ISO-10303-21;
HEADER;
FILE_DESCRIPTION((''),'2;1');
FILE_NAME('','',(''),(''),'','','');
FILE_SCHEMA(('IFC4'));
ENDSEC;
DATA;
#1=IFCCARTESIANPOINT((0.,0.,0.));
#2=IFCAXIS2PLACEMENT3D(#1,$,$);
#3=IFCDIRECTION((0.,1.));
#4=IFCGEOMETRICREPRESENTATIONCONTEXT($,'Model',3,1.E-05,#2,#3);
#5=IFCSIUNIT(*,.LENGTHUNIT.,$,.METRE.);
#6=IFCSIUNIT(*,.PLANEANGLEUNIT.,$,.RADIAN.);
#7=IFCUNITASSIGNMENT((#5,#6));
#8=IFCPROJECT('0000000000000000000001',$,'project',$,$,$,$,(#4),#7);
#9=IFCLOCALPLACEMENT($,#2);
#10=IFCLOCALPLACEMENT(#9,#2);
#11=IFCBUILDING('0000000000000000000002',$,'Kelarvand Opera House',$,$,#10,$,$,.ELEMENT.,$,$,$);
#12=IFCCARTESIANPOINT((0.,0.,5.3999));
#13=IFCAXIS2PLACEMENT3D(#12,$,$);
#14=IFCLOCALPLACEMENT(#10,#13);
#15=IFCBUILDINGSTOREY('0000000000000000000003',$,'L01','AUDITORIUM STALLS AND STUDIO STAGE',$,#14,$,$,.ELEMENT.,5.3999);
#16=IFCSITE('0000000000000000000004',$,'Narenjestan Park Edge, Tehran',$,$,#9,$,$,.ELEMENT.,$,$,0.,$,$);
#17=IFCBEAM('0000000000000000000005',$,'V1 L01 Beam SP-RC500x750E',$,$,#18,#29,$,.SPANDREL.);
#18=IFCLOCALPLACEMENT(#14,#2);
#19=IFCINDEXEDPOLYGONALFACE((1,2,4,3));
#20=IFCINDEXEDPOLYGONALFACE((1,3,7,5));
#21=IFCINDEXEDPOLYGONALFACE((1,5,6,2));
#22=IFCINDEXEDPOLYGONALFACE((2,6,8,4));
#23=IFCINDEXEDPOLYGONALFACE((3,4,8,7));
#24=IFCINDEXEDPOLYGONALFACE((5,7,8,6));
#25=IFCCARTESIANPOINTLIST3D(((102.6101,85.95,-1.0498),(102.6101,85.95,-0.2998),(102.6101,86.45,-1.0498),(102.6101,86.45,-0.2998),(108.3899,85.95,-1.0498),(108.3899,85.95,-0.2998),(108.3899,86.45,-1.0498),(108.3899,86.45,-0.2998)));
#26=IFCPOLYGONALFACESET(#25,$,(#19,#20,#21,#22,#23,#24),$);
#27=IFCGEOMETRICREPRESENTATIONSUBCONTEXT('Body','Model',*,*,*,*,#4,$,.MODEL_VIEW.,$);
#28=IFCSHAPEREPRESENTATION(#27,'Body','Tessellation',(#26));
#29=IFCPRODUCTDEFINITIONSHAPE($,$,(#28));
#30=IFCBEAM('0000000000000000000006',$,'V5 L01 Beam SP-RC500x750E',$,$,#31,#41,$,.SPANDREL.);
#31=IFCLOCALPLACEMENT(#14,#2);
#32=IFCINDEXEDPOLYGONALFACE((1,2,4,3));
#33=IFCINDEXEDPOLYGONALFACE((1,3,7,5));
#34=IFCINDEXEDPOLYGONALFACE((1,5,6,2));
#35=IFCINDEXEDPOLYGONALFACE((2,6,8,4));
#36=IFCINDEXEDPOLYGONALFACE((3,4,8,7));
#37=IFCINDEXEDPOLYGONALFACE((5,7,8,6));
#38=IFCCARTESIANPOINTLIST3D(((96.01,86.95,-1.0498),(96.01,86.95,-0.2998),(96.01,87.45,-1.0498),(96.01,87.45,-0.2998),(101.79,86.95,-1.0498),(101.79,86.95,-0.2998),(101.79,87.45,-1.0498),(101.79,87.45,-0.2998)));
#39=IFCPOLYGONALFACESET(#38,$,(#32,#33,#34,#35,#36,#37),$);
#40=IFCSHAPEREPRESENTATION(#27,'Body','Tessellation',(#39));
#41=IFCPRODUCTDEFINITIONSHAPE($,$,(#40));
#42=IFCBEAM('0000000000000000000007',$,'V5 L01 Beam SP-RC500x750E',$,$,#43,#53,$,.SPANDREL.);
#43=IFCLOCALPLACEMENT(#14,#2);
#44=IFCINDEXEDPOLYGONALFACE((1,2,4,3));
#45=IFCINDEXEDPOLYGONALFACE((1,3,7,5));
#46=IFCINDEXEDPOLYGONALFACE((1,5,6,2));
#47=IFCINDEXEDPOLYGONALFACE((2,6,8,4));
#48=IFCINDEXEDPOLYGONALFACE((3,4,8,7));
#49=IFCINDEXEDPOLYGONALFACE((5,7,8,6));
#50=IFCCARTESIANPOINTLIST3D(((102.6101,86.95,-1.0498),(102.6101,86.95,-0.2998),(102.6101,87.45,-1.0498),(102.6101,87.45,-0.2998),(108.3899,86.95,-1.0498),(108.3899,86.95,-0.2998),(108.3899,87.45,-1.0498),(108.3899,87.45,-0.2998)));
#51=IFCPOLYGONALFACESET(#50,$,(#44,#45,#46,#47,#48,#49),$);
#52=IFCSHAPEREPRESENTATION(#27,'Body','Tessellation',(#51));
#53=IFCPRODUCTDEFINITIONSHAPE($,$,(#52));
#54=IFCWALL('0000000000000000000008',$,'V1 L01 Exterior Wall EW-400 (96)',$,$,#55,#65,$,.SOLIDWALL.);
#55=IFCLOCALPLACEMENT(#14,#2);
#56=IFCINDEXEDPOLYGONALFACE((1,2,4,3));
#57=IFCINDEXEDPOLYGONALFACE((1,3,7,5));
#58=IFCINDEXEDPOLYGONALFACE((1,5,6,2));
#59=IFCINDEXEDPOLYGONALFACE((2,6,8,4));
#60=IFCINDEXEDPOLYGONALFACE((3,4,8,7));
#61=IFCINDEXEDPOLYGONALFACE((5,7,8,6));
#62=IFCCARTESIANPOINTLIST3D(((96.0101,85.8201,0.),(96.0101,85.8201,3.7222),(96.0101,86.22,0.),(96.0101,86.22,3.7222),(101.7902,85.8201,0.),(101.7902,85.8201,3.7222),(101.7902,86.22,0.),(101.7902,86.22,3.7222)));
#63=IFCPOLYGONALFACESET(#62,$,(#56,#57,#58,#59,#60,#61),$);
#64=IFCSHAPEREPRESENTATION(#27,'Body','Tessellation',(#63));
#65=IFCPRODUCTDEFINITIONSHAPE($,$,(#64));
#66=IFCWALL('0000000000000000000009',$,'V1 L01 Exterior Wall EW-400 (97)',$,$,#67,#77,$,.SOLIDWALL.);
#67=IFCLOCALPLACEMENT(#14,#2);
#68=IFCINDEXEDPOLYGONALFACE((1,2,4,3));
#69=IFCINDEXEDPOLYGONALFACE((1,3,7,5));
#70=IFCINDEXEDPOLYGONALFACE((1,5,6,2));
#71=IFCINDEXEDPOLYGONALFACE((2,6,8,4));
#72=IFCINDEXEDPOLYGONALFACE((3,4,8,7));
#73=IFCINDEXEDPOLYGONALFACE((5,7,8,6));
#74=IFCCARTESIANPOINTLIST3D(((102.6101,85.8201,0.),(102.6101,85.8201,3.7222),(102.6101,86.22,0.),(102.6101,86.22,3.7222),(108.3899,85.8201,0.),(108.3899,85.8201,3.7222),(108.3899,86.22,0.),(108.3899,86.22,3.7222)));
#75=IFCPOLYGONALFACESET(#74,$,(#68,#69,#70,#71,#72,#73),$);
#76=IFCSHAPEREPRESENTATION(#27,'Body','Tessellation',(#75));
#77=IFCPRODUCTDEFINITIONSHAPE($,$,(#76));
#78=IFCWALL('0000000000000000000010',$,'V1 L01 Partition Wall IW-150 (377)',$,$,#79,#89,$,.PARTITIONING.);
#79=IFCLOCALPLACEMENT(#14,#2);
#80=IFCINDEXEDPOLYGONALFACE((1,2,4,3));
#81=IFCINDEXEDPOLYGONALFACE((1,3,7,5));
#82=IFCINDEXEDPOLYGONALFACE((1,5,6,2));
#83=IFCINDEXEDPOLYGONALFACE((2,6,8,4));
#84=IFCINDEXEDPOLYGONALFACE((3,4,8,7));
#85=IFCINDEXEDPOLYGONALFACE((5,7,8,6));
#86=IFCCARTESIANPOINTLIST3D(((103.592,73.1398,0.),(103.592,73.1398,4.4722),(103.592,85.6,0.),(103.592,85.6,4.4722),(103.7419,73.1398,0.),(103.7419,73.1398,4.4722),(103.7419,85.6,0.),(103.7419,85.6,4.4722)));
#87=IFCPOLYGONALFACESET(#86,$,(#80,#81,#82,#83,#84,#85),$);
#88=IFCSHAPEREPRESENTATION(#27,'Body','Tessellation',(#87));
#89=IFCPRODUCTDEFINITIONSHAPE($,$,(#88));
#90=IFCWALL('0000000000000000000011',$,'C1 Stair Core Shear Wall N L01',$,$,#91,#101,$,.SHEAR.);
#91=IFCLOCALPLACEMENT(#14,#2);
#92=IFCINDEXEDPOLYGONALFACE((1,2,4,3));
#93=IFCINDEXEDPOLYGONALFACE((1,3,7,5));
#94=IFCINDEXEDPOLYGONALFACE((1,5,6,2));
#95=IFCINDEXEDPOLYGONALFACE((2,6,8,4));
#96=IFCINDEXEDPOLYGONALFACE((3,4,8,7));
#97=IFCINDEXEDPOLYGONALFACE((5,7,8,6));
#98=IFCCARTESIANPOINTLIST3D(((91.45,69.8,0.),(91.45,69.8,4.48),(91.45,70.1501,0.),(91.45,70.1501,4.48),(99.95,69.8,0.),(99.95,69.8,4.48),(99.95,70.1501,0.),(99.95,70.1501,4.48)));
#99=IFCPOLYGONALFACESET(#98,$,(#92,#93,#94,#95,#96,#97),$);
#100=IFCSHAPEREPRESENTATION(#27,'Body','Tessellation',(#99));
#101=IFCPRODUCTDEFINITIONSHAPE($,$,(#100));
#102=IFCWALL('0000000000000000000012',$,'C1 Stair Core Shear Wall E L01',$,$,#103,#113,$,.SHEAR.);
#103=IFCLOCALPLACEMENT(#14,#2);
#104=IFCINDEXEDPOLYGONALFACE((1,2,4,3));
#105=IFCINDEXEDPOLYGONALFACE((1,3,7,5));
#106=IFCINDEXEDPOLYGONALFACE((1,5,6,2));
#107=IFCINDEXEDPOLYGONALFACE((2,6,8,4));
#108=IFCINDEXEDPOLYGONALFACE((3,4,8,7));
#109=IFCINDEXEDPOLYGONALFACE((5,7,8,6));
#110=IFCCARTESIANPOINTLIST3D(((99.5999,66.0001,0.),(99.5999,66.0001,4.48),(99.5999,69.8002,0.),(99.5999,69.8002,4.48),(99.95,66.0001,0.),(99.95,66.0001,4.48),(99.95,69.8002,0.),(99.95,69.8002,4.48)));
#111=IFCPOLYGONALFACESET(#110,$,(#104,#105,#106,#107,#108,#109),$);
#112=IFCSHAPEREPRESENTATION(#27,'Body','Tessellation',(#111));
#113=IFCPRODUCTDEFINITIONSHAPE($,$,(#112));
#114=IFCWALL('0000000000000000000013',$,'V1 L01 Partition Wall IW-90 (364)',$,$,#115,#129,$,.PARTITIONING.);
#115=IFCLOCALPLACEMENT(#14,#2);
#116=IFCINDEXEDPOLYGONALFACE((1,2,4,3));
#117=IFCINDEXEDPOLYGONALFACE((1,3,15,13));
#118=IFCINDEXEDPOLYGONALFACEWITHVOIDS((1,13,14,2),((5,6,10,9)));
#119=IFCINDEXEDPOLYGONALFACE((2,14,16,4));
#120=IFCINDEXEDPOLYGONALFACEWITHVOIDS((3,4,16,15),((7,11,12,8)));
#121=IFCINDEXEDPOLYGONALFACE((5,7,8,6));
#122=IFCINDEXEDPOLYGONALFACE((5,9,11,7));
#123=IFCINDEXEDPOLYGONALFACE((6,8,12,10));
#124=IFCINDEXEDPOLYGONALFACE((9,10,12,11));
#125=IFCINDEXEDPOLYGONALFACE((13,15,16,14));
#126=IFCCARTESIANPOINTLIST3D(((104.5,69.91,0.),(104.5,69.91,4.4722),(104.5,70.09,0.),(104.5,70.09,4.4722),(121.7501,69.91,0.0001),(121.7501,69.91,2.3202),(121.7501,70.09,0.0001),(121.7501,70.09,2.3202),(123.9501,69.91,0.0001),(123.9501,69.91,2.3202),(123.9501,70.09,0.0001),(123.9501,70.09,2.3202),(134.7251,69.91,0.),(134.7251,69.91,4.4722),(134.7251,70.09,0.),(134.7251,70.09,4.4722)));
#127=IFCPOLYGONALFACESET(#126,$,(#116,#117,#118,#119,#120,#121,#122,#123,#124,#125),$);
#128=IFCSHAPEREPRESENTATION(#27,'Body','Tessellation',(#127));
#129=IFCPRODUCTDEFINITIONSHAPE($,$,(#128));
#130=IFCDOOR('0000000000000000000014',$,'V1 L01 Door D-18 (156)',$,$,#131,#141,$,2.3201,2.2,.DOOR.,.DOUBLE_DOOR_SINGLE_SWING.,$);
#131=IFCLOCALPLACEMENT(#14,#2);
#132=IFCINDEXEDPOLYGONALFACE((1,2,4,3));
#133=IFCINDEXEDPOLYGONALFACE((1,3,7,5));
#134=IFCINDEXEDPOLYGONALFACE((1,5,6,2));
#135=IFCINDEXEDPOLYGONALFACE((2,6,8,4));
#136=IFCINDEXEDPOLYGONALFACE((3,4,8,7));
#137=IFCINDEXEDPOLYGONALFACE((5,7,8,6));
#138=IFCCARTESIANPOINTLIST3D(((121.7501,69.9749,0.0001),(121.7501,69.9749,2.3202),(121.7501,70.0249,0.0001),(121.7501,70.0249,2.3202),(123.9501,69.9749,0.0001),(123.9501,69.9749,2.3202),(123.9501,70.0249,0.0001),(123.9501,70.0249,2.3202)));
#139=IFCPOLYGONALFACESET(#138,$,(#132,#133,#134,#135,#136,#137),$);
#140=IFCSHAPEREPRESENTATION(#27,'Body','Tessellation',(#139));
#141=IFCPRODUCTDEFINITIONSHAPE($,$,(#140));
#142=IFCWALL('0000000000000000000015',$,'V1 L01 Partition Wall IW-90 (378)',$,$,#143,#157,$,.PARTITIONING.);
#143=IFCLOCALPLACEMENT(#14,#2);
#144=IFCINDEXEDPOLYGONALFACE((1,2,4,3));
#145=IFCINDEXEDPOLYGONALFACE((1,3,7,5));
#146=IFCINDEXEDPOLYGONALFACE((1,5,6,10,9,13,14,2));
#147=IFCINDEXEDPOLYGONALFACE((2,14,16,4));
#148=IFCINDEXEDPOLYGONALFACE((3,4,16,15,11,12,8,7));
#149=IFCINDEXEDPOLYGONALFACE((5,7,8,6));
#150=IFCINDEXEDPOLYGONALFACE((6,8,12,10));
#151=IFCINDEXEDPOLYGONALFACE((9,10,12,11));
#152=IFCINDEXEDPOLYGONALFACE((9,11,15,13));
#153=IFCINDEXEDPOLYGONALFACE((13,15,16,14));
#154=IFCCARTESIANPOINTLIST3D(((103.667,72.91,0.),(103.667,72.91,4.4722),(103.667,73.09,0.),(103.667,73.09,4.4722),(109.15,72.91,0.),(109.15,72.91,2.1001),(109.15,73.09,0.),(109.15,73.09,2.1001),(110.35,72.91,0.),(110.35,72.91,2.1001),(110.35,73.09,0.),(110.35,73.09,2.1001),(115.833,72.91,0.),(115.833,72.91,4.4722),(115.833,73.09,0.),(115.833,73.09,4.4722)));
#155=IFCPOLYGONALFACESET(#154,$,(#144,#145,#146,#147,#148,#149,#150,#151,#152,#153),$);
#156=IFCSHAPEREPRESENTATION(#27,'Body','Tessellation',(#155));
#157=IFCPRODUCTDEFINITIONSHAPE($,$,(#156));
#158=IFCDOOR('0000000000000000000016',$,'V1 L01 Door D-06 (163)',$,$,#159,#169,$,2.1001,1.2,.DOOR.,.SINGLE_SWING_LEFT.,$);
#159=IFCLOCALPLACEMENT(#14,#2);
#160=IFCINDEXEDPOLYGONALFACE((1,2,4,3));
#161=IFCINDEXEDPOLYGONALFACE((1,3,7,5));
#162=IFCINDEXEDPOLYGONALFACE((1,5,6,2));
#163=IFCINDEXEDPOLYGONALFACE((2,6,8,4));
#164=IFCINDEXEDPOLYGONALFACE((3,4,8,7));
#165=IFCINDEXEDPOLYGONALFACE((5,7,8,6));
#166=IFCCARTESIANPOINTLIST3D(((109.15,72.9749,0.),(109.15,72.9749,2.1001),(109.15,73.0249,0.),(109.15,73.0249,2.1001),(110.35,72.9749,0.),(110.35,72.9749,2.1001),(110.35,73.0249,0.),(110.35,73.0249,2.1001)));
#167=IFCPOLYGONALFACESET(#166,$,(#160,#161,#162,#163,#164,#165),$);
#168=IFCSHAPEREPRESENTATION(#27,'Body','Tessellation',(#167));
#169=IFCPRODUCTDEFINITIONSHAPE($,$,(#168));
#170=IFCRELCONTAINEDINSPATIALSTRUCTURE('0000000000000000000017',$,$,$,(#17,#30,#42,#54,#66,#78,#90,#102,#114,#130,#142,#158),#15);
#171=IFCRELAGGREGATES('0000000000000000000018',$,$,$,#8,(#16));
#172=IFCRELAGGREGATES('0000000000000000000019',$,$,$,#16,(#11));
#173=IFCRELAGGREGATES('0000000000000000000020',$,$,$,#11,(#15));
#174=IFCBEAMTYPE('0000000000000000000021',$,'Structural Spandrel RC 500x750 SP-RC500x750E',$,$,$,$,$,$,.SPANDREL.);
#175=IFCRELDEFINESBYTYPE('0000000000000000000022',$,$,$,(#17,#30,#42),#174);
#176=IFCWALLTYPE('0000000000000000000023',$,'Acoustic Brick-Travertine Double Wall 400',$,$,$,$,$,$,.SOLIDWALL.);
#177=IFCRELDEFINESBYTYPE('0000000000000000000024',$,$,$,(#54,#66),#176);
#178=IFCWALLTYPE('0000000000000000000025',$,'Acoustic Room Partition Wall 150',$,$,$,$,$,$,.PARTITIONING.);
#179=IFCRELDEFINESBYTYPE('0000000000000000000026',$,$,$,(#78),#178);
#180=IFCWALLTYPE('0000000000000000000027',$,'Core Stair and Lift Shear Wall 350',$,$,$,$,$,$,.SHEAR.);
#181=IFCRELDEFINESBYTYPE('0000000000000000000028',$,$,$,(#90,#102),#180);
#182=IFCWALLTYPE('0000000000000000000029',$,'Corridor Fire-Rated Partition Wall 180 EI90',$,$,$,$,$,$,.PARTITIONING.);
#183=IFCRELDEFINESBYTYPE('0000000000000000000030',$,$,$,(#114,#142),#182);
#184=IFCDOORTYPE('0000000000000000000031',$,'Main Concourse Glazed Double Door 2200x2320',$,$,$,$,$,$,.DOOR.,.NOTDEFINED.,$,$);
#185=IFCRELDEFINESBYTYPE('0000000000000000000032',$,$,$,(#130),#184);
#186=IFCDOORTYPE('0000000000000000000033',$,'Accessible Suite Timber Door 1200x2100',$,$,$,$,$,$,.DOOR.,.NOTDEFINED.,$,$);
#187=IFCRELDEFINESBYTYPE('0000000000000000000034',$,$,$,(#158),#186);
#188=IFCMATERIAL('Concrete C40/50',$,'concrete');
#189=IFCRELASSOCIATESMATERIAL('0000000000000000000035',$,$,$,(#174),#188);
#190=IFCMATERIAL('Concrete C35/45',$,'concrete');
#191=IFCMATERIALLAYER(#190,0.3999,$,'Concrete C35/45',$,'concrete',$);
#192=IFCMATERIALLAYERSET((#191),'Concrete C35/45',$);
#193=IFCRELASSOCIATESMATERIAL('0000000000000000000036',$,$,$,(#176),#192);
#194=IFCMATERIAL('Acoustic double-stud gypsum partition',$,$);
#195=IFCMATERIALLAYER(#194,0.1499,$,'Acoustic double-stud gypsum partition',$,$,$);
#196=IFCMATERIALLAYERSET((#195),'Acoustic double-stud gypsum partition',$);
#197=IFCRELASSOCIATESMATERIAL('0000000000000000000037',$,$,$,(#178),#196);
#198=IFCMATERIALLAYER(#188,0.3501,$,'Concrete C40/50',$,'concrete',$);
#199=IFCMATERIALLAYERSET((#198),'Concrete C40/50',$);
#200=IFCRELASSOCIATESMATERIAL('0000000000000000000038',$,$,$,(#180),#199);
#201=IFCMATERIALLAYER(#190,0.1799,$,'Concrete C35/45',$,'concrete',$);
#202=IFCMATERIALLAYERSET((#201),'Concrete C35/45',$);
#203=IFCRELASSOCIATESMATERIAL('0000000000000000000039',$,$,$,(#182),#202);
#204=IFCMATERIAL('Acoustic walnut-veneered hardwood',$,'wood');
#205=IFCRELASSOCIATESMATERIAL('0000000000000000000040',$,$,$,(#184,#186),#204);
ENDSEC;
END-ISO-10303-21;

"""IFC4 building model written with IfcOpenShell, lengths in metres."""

from ifc_helpers import new_model, si_unit, direction, frame, frame_2d, origin, origin_2d, place, context, subcontext, project, spatial, rectangle, extrude, material, layer, layer_set, material_profile, profile_set, type_object, element, fill, save


model = new_model("IFC4")

# Units and contexts
model_context = context("Model", 3, precision=1e-05, world=origin(), true_north=direction((0.0, 1.0)))
body_context = subcontext(model_context, "Body", "Model", "MODEL_VIEW")
ifc_project = project(units=[si_unit("LENGTHUNIT", "METRE"), si_unit("PLANEANGLEUNIT", "RADIAN")], contexts=[model_context])

# Site, building, storey
site_placement = place(None, origin())
site = spatial("IfcSite", under=ifc_project, at=site_placement, Name="Narenjestan Park Edge, Tehran", CompositionType="ELEMENT", RefElevation=0.0)
building_placement = place(site_placement, origin())
building = spatial("IfcBuilding", under=site, at=building_placement, Name="Kelarvand Opera House", CompositionType="ELEMENT")
storey_placement = place(building_placement, frame((0.0, 0.0, 5.3999)))
storey = spatial("IfcBuildingStorey", under=building, at=storey_placement, Name="L01", Description="AUDITORIUM STALLS AND STUDIO STAGE", CompositionType="ELEMENT", Elevation=5.3999)

# Shared definitions
ifc_material_1 = material(Name="Concrete C40/50", Category="concrete")

# Beams
ifc_material_2 = material(Name="Concrete C35/45", Category="concrete")
ifc_material_profile_1 = material_profile(ifc_material_1, rectangle(XDim=0.5, YDim=0.75, at=origin_2d()), Name="RC 500x750", Category="concrete")
ifc_profile_set_1 = profile_set([ifc_material_profile_1], Name="Concrete C40/50")
beam_type_1 = type_object("IfcBeamType", Name="Structural Spandrel RC 500x750 SP-RC500x750E", PredefinedType="SPANDREL", material=ifc_profile_set_1)
beam_1_placement = place(storey_placement, frame((102.6101, 86.2, -0.6748), z_axis=(1.0, 0.0, 0.0), x_axis=(0.0, 1.0, 0.0)))
element("IfcBeam", 1, at=beam_1_placement, inside=storey, type_object=beam_type_1, Name="V1 L01 Beam SP-RC500x750E", PredefinedType="SPANDREL", context=body_context, shape_type="SweptSolid", body=[
    extrude(rectangle(XDim=0.5, YDim=0.75, at=origin_2d()), origin(), (0.0, 0.0, 1.0), 5.7798),
])
beam_2_placement = place(storey_placement, frame((96.01, 87.2, -0.6748), z_axis=(1.0, 0.0, 0.0), x_axis=(0.0, 1.0, 0.0)))
element("IfcBeam", 2, at=beam_2_placement, inside=storey, type_object=beam_type_1, Name="V5 L01 Beam SP-RC500x750E", PredefinedType="SPANDREL", context=body_context, shape_type="SweptSolid", body=[
    extrude(rectangle(XDim=0.5, YDim=0.75, at=origin_2d()), origin(), (0.0, 0.0, 1.0), 5.78),
])
beam_3_placement = place(storey_placement, frame((102.6101, 87.2, -0.6748), z_axis=(1.0, 0.0, 0.0), x_axis=(0.0, 1.0, 0.0)))
element("IfcBeam", 3, at=beam_3_placement, inside=storey, type_object=beam_type_1, Name="V5 L01 Beam SP-RC500x750E", PredefinedType="SPANDREL", context=body_context, shape_type="SweptSolid", body=[
    extrude(rectangle(XDim=0.5, YDim=0.75, at=origin_2d()), origin(), (0.0, 0.0, 1.0), 5.7798),
])

# Walls
ifc_layer_1 = layer(ifc_material_2, 0.3999, Name="Concrete C35/45", Category="concrete")
ifc_layer_set_1 = layer_set([ifc_layer_1], Name="Concrete C35/45")
wall_type_1 = type_object("IfcWallType", Name="Acoustic Brick-Travertine Double Wall 400", PredefinedType="SOLIDWALL", material=ifc_layer_set_1)
wall_1_placement = place(storey_placement, frame((96.01, 86.02, 0.0), z_axis=(0.0, 0.0, 1.0), x_axis=(1.0, 0.0, 0.0)))
element("IfcWall", 4, at=wall_1_placement, inside=storey, type_object=wall_type_1, Name="V1 L01 Exterior Wall EW-400 (96)", PredefinedType="SOLIDWALL", context=body_context, shape_type="SweptSolid", body=[
    extrude(rectangle(XDim=5.78, YDim=0.3999, at=frame_2d((2.8901, 0.0))), origin(), (0.0, 0.0, 1.0), 3.7222),
])
wall_2_placement = place(storey_placement, frame((102.6101, 86.02, 0.0), z_axis=(0.0, 0.0, 1.0), x_axis=(1.0, 0.0, 0.0)))
element("IfcWall", 5, at=wall_2_placement, inside=storey, type_object=wall_type_1, Name="V1 L01 Exterior Wall EW-400 (97)", PredefinedType="SOLIDWALL", context=body_context, shape_type="SweptSolid", body=[
    extrude(rectangle(XDim=5.7798, YDim=0.3999, at=frame_2d((2.8899, 0.0))), origin(), (0.0, 0.0, 1.0), 3.7222),
])
ifc_material_3 = material(Name="Acoustic double-stud gypsum partition")
ifc_layer_2 = layer(ifc_material_3, 0.1499, Name="Acoustic double-stud gypsum partition")
ifc_layer_set_2 = layer_set([ifc_layer_2], Name="Acoustic double-stud gypsum partition")
wall_type_2 = type_object("IfcWallType", Name="Acoustic Room Partition Wall 150", PredefinedType="PARTITIONING", material=ifc_layer_set_2)
wall_3_placement = place(storey_placement, frame((103.667, 73.1399, 0.0), z_axis=(0.0, 0.0, 1.0), x_axis=(0.0, 1.0, 0.0)))
element("IfcWall", 6, at=wall_3_placement, inside=storey, type_object=wall_type_2, Name="V1 L01 Partition Wall IW-150 (377)", PredefinedType="PARTITIONING", context=body_context, shape_type="SweptSolid", body=[
    extrude(rectangle(XDim=12.4602, YDim=0.1499, at=frame_2d((6.23, 0.0))), origin(), (0.0, 0.0, 1.0), 4.4722),
])
ifc_layer_3 = layer(ifc_material_1, 0.3501, Name="Concrete C40/50", Category="concrete")
ifc_layer_set_3 = layer_set([ifc_layer_3], Name="Concrete C40/50")
wall_type_3 = type_object("IfcWallType", Name="Core Stair and Lift Shear Wall 350", PredefinedType="SHEAR", material=ifc_layer_set_3)
wall_4_placement = place(storey_placement, frame((99.95, 69.9751, 0.0), z_axis=(0.0, 0.0, 1.0), x_axis=(-1.0, 0.0, 0.0)))
element("IfcWall", 7, at=wall_4_placement, inside=storey, type_object=wall_type_3, Name="C1 Stair Core Shear Wall N L01", PredefinedType="SHEAR", context=body_context, shape_type="SweptSolid", body=[
    extrude(rectangle(XDim=8.5, YDim=0.3501, at=frame_2d((4.25, 0.0))), origin(), (0.0, 0.0, 1.0), 4.48),
])
wall_5_placement = place(storey_placement, frame((99.7749, 69.8, 0.0), z_axis=(0.0, 0.0, 1.0), x_axis=(0.0, -1.0, 0.0)))
element("IfcWall", 8, at=wall_5_placement, inside=storey, type_object=wall_type_3, Name="C1 Stair Core Shear Wall E L01", PredefinedType="SHEAR", context=body_context, shape_type="SweptSolid", body=[
    extrude(rectangle(XDim=3.8, YDim=0.3501, at=frame_2d((1.8999, 0.0))), origin(), (0.0, 0.0, 1.0), 4.48),
])

# Walls, openings, doors
ifc_layer_4 = layer(ifc_material_2, 0.1799, Name="Concrete C35/45", Category="concrete")
ifc_layer_set_4 = layer_set([ifc_layer_4], Name="Concrete C35/45")
wall_type_4 = type_object("IfcWallType", Name="Corridor Fire-Rated Partition Wall 180 EI90", PredefinedType="PARTITIONING", material=ifc_layer_set_4)
wall_6_placement = place(storey_placement, frame((104.5, 70.0, 0.0), z_axis=(0.0, 0.0, 1.0), x_axis=(1.0, 0.0, 0.0)))
wall_6 = element("IfcWall", 9, at=wall_6_placement, inside=storey, type_object=wall_type_4, Name="V1 L01 Partition Wall IW-90 (364)", PredefinedType="PARTITIONING", context=body_context, shape_type="SweptSolid", body=[
    extrude(rectangle(XDim=30.2251, YDim=0.1799, at=frame_2d((15.1125, 0.0))), origin(), (0.0, 0.0, 1.0), 4.4722),
])
opening_1_placement = place(wall_6_placement, frame((17.25, 0.0, 0.0)))
opening_1 = element("IfcOpeningElement", 10, at=opening_1_placement, cuts=wall_6, PredefinedType="OPENING", context=body_context, shape_type="SweptSolid", body=[
    extrude(rectangle(XDim=2.2, YDim=2.3201, at=frame_2d((1.1001, 1.1602))), frame((0.0, 0.1001, 0.0), z_axis=(0.0, -1.0, 0.0), x_axis=(1.0, 0.0, 0.0)), (0.0, 0.0, 1.0), 0.2),
])
ifc_material_4 = material(Name="Acoustic walnut-veneered hardwood", Category="wood")
door_type_1 = type_object("IfcDoorType", Name="Main Concourse Glazed Double Door 2200x2320", OperationType="NOTDEFINED", PredefinedType="DOOR", material=ifc_material_4)
door_1_placement = place(opening_1_placement, origin())
door_1 = element("IfcDoor", 11, at=door_1_placement, inside=storey, type_object=door_type_1, Name="V1 L01 Door D-18 (156)", OperationType="DOUBLE_DOOR_SINGLE_SWING", OverallHeight=2.3201, OverallWidth=2.2, PredefinedType="DOOR", context=body_context, shape_type="SweptSolid", body=[
    extrude(rectangle(XDim=2.2, YDim=2.3201, at=frame_2d((1.1001, 1.1602))), frame((0.0, 0.0249, 0.0), z_axis=(0.0, -1.0, 0.0), x_axis=(1.0, 0.0, 0.0)), (0.0, 0.0, 1.0), 0.05),
])
fill(opening_1, door_1)
wall_7_placement = place(storey_placement, frame((103.667, 73.0, 0.0), z_axis=(0.0, 0.0, 1.0), x_axis=(1.0, 0.0, 0.0)))
wall_7 = element("IfcWall", 12, at=wall_7_placement, inside=storey, type_object=wall_type_4, Name="V1 L01 Partition Wall IW-90 (378)", PredefinedType="PARTITIONING", context=body_context, shape_type="SweptSolid", body=[
    extrude(rectangle(XDim=12.166, YDim=0.1799, at=frame_2d((6.083, 0.0))), origin(), (0.0, 0.0, 1.0), 4.4722),
])
opening_2_placement = place(wall_7_placement, frame((5.4829, 0.0, 0.0)))
opening_2 = element("IfcOpeningElement", 13, at=opening_2_placement, cuts=wall_7, PredefinedType="OPENING", context=body_context, shape_type="SweptSolid", body=[
    extrude(rectangle(XDim=1.2, YDim=2.1001, at=frame_2d((0.6001, 1.05))), frame((0.0, 0.1001, 0.0), z_axis=(0.0, -1.0, 0.0), x_axis=(1.0, 0.0, 0.0)), (0.0, 0.0, 1.0), 0.2),
])
door_type_2 = type_object("IfcDoorType", Name="Accessible Suite Timber Door 1200x2100", OperationType="NOTDEFINED", PredefinedType="DOOR", material=ifc_material_4)
door_2_placement = place(opening_2_placement, origin())
door_2 = element("IfcDoor", 14, at=door_2_placement, inside=storey, type_object=door_type_2, Name="V1 L01 Door D-06 (163)", OperationType="SINGLE_SWING_LEFT", OverallHeight=2.1001, OverallWidth=1.2, PredefinedType="DOOR", context=body_context, shape_type="SweptSolid", body=[
    extrude(rectangle(XDim=1.2, YDim=2.1001, at=frame_2d((0.6001, 1.05))), frame((0.0, 0.0249, 0.0), z_axis=(0.0, -1.0, 0.0), x_axis=(1.0, 0.0, 0.0)), (0.0, 0.0, 1.0), 0.05),
])
fill(opening_2, door_2)

save(model, "model.ifc")
